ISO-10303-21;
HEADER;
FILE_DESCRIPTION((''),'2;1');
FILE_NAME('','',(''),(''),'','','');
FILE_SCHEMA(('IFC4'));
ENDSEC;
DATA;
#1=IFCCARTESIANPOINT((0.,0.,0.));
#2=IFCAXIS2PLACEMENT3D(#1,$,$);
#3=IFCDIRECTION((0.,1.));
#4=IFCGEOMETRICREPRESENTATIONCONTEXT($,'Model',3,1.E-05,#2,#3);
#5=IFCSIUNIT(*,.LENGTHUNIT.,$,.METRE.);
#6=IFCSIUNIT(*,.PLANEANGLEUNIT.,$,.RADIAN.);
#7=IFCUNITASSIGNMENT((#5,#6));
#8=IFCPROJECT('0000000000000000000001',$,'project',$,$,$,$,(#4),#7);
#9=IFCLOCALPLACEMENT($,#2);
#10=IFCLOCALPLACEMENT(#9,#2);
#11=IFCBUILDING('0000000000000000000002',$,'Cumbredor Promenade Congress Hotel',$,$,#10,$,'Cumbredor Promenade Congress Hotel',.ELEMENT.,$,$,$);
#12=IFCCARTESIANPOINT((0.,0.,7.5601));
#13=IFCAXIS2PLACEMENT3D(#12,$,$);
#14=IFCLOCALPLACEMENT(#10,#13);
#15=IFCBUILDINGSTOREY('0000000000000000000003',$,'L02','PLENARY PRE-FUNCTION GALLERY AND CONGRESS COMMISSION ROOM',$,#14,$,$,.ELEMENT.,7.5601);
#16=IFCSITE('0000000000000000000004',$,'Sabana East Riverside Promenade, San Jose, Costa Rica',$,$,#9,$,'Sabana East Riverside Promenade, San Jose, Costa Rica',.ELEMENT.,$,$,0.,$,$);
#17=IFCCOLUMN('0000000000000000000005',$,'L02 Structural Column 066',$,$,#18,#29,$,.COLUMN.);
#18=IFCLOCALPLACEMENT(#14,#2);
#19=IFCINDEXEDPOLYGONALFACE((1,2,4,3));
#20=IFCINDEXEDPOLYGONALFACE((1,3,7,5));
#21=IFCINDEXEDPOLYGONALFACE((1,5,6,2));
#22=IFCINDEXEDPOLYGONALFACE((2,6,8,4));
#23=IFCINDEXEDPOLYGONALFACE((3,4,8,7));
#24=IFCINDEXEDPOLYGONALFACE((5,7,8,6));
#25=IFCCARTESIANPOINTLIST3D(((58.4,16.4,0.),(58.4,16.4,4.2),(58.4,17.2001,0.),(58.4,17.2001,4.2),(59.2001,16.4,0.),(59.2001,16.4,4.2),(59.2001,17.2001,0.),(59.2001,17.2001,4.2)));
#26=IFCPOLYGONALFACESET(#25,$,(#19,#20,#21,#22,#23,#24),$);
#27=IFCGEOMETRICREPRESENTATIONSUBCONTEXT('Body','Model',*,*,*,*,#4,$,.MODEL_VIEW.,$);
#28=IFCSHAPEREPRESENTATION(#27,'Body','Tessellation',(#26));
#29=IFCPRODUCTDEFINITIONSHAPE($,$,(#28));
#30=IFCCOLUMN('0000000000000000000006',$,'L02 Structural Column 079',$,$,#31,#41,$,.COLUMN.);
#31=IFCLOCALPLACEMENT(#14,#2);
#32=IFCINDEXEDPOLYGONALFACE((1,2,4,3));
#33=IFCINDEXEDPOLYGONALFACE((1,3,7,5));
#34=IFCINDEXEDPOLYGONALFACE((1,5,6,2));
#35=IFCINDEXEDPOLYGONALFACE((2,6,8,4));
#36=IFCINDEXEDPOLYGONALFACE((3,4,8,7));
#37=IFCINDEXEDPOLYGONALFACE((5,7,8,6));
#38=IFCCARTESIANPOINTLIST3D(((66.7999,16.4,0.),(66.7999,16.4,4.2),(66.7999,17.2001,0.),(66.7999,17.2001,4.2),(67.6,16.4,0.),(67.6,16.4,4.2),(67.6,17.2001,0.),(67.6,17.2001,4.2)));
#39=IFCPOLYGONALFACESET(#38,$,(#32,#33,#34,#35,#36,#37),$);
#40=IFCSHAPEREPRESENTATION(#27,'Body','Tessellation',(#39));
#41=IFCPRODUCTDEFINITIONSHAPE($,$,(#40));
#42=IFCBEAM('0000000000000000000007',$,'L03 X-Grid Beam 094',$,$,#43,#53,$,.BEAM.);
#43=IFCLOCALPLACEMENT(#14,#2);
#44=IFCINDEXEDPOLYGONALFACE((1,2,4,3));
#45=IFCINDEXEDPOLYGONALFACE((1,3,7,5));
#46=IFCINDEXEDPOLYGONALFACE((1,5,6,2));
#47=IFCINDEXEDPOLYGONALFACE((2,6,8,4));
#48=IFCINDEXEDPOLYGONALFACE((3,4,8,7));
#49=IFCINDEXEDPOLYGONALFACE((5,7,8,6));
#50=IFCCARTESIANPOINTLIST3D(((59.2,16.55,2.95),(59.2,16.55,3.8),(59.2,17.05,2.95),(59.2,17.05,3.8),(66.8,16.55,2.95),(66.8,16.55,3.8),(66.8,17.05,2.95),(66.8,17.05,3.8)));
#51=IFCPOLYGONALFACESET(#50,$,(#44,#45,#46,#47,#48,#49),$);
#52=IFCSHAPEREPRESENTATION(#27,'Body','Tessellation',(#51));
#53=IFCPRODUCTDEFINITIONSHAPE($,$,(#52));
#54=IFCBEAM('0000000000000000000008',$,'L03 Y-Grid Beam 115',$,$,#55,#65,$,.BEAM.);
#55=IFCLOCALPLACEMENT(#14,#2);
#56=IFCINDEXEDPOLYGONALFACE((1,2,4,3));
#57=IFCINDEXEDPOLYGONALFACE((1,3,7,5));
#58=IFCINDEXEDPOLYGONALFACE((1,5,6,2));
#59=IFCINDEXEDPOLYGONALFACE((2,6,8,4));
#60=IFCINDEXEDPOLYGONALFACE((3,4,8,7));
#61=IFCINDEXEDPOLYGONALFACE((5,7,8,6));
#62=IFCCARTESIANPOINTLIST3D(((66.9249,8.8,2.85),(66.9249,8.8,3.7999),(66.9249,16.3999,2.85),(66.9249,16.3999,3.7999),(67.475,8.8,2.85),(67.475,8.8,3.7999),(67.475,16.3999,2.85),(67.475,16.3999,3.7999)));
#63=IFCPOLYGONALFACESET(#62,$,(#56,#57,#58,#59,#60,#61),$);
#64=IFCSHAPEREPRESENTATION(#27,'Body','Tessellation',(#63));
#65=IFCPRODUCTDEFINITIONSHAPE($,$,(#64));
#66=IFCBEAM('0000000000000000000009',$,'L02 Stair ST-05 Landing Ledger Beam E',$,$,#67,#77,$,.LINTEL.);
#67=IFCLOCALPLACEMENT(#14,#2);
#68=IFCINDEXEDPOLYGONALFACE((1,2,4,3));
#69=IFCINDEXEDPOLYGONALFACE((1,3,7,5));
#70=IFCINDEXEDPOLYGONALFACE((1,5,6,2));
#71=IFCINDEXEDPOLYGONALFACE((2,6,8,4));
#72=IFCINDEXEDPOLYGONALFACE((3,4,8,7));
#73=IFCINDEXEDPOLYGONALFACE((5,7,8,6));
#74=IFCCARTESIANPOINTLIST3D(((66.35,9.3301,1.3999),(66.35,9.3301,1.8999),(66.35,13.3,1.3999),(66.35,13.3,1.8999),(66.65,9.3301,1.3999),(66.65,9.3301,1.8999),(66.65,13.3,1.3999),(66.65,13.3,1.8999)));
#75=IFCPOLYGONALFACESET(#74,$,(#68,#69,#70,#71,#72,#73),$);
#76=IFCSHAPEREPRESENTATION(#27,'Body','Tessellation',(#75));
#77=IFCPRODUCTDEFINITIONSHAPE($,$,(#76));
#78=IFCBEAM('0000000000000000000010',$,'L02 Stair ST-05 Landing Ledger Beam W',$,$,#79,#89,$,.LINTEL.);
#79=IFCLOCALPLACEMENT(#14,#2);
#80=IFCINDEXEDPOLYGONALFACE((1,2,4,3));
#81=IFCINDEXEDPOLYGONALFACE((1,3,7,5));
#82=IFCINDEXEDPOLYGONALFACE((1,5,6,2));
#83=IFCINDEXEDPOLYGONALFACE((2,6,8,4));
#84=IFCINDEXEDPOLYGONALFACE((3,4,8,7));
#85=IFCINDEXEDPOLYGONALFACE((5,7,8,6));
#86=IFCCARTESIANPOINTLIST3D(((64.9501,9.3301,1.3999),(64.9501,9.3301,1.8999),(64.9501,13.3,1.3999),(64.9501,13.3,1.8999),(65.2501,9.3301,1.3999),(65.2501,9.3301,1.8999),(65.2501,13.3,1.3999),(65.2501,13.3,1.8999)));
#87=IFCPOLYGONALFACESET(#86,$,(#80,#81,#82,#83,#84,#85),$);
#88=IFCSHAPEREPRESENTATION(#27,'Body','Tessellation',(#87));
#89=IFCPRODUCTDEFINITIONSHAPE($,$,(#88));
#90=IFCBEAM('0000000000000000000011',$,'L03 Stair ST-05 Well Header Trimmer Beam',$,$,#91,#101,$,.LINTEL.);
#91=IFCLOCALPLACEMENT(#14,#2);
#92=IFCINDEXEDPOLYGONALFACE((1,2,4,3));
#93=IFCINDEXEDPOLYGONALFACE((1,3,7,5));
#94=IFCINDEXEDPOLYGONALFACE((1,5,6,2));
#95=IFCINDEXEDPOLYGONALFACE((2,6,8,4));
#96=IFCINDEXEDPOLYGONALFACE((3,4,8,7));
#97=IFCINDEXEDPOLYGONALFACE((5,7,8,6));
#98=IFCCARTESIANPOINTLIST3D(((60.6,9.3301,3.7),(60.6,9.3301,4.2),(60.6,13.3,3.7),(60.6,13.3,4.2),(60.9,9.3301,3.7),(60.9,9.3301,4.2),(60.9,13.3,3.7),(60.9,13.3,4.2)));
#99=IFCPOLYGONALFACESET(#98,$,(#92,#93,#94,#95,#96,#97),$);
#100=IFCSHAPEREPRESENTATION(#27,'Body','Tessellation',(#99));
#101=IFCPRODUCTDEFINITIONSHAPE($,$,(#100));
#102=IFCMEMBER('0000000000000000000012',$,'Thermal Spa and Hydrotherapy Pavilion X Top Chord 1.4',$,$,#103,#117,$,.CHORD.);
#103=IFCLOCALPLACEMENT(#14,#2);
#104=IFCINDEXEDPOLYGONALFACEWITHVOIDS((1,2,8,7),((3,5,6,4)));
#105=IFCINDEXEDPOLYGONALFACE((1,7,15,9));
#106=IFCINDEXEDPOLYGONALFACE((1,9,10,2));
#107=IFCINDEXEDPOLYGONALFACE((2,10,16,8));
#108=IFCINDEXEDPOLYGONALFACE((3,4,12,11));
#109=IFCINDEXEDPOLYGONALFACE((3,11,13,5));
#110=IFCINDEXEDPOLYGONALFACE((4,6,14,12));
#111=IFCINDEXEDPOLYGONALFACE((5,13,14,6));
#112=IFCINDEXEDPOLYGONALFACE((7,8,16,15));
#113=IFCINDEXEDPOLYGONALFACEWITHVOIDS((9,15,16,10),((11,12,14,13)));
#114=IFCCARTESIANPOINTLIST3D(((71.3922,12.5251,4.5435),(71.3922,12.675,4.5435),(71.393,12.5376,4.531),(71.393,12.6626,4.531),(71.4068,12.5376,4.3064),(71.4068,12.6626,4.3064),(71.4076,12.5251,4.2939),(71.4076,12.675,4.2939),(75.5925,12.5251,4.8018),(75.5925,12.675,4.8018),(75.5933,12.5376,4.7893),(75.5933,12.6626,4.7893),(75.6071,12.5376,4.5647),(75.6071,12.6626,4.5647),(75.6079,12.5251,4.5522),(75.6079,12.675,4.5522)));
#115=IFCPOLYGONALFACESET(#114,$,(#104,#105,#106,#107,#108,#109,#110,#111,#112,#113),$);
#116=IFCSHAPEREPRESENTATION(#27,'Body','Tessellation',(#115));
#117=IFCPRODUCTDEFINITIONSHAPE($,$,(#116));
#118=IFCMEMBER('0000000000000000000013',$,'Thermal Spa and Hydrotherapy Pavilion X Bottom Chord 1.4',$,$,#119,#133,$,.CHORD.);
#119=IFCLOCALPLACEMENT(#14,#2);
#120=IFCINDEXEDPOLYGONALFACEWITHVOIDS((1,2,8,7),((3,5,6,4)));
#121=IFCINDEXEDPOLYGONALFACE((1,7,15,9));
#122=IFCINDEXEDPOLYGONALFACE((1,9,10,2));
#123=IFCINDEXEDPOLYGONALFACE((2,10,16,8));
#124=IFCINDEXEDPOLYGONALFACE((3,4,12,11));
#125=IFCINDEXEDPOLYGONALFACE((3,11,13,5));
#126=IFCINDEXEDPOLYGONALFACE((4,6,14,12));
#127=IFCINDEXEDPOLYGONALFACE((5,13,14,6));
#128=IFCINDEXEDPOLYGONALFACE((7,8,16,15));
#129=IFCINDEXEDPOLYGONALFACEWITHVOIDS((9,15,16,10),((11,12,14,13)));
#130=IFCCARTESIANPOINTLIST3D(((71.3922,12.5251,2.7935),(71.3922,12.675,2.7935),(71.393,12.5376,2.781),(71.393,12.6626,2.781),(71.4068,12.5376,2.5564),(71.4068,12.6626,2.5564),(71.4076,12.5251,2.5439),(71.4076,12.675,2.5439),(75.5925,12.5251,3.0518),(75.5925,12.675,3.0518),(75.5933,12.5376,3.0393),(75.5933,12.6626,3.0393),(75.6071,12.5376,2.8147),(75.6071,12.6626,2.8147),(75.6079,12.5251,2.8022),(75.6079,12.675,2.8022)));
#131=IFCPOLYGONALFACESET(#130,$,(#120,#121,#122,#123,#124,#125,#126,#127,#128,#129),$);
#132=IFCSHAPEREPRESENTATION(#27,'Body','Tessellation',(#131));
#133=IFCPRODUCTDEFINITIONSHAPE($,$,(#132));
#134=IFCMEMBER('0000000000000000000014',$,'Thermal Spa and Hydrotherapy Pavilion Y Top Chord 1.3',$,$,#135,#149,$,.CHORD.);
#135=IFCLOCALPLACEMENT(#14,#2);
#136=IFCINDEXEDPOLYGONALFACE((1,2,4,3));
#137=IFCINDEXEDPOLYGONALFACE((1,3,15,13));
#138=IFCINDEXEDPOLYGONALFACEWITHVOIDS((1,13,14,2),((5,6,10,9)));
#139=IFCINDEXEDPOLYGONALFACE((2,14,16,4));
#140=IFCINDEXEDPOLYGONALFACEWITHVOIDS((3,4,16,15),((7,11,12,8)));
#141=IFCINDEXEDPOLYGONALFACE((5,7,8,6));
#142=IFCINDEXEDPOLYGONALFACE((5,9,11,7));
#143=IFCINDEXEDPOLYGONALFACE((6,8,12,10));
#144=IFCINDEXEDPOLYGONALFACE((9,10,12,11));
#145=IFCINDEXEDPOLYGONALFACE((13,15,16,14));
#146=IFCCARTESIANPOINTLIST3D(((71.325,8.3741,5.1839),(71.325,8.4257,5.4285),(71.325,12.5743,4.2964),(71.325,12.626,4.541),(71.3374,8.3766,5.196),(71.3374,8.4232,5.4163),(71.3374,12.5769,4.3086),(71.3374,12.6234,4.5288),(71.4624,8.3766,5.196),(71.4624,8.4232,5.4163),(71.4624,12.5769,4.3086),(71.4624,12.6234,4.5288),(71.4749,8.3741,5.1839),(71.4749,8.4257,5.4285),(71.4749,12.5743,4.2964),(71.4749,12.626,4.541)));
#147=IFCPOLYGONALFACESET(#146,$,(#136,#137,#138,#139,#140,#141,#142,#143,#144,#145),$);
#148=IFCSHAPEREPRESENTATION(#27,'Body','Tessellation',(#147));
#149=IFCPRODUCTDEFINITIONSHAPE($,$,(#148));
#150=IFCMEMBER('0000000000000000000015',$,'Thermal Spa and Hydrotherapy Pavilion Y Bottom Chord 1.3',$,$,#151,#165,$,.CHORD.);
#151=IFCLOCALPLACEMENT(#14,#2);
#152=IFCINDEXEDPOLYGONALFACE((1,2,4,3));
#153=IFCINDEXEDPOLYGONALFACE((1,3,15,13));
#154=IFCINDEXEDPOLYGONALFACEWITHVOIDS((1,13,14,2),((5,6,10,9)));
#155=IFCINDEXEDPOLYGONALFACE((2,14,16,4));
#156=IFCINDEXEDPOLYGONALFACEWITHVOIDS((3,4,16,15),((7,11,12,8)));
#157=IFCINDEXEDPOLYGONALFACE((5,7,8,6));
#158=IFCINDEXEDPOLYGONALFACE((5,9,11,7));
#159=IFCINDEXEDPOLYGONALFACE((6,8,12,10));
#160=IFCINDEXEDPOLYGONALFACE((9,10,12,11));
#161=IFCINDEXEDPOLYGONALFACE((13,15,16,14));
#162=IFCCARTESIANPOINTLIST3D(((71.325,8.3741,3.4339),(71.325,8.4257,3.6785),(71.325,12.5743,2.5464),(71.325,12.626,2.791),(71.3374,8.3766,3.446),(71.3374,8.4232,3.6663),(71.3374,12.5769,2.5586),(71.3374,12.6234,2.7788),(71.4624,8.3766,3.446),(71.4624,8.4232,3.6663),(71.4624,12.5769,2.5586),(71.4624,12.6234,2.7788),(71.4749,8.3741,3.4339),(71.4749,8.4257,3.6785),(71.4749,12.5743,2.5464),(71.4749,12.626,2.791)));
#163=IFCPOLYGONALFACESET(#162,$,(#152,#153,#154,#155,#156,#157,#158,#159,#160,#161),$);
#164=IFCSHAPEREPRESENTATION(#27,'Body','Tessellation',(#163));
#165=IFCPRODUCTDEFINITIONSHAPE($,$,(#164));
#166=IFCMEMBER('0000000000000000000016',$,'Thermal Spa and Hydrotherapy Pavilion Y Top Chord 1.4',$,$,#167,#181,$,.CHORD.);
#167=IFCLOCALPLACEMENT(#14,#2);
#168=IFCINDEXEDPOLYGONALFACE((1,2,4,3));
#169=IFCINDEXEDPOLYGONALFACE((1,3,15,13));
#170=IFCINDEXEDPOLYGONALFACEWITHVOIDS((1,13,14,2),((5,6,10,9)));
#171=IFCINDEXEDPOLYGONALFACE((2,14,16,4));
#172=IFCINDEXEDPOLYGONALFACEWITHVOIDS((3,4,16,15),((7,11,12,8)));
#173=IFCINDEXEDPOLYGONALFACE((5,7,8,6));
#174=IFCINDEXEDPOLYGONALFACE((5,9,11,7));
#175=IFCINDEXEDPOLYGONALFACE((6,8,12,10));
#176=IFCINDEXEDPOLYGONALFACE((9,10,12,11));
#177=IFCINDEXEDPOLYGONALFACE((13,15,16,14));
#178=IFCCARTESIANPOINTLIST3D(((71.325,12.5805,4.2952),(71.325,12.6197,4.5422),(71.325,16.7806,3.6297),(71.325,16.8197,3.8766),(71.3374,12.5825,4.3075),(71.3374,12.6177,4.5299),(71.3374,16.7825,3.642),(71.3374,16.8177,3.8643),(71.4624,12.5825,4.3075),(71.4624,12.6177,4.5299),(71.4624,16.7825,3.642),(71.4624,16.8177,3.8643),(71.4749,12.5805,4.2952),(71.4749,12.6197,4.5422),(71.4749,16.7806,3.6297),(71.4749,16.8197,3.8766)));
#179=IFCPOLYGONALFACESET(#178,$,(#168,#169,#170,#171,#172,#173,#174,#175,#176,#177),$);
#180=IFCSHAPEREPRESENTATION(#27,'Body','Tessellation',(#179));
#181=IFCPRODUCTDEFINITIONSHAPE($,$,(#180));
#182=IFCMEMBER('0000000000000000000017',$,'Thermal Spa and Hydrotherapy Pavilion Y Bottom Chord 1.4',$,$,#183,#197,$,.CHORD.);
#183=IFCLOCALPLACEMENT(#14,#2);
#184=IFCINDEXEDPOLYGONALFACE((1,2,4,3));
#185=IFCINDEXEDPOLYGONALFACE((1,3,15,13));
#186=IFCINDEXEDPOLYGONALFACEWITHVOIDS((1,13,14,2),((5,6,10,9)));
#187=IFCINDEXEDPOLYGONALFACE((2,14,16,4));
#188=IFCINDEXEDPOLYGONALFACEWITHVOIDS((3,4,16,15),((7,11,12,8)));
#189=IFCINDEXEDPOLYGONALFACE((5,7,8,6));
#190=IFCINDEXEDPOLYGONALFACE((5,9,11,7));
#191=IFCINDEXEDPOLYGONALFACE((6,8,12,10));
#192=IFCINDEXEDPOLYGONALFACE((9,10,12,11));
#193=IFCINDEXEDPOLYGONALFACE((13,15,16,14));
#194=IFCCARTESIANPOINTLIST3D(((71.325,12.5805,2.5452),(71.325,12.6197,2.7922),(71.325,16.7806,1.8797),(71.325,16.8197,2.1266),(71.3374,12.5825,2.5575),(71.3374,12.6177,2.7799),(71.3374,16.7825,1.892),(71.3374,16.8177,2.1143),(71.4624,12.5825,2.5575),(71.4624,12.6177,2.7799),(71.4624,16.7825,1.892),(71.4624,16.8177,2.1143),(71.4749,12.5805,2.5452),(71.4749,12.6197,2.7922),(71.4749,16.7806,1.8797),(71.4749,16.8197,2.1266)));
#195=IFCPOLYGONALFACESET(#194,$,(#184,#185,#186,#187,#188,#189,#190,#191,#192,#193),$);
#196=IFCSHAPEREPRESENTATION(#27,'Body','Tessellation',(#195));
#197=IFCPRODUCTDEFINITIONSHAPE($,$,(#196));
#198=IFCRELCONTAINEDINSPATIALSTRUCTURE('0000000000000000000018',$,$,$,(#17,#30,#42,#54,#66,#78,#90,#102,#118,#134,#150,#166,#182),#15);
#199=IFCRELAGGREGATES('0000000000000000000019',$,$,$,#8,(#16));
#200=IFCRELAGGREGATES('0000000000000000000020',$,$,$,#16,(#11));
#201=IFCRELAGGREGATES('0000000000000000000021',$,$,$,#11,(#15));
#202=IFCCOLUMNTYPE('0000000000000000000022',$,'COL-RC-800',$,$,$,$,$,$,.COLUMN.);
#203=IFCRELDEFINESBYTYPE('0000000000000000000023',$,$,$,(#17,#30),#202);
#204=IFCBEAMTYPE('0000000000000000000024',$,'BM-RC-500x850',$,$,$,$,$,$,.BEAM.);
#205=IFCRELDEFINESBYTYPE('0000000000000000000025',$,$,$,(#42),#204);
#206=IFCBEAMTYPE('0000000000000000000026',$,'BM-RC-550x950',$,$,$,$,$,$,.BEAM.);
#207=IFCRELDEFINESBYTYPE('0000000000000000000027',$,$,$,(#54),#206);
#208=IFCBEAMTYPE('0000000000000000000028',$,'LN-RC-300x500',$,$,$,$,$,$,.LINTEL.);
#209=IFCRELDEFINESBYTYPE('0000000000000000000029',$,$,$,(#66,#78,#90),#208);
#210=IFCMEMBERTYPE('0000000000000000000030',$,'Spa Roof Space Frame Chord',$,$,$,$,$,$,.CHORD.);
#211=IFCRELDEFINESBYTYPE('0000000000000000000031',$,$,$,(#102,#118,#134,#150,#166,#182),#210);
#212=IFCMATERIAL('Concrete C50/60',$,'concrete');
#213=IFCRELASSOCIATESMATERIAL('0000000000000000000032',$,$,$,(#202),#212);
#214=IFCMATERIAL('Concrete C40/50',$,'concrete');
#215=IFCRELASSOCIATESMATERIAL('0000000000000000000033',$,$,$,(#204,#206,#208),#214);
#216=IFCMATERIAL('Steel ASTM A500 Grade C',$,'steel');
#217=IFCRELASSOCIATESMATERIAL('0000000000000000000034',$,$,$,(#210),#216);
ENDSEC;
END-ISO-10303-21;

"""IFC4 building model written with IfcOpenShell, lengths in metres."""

from ifc_helpers import new_model, si_unit, direction, frame, origin, origin_2d, place, context, subcontext, project, spatial, rectangle, hollow_rectangle, extrude, material, material_profile, profile_set, type_object, element, save


model = new_model("IFC4")

# Units and contexts
model_context = context("Model", 3, precision=1e-05, world=origin(), true_north=direction((0.0, 1.0)))
body_context = subcontext(model_context, "Body", "Model", "MODEL_VIEW")
ifc_project = project(units=[si_unit("LENGTHUNIT", "METRE"), si_unit("PLANEANGLEUNIT", "RADIAN")], contexts=[model_context])

# Site, building, storey
site_placement = place(None, origin())
site = spatial("IfcSite", under=ifc_project, at=site_placement, Name="Sabana East Riverside Promenade, San Jose, Costa Rica", LongName="Sabana East Riverside Promenade, San Jose, Costa Rica", CompositionType="ELEMENT", RefElevation=0.0)
building_placement = place(site_placement, origin())
building = spatial("IfcBuilding", under=site, at=building_placement, Name="Cumbredor Promenade Congress Hotel", LongName="Cumbredor Promenade Congress Hotel", CompositionType="ELEMENT")
storey_placement = place(building_placement, frame((0.0, 0.0, 7.5601)))
storey = spatial("IfcBuildingStorey", under=building, at=storey_placement, Name="L02", Description="PLENARY PRE-FUNCTION GALLERY AND CONGRESS COMMISSION ROOM", CompositionType="ELEMENT", Elevation=7.5601)

# Columns
ifc_material_1 = material(Name="Concrete C50/60", Category="concrete")
ifc_material_profile_1 = material_profile(ifc_material_1, rectangle(XDim=0.8, YDim=0.8, at=origin_2d()), Name="RC 800x800")
ifc_profile_set_1 = profile_set([ifc_material_profile_1], Name="Concrete C50/60")
column_type = type_object("IfcColumnType", Name="COL-RC-800", PredefinedType="COLUMN", material=ifc_profile_set_1)
for number, where, z_axis, x_axis, name in (
    (1, (58.8, 16.8, 0.0), (0.0, 0.0, 1.0), (1.0, 0.0, 0.0), "L02 Structural Column 066"),
    (2, (67.2, 16.8, 0.0), (0.0, 0.0, 1.0), (1.0, 0.0, 0.0), "L02 Structural Column 079"),
):
    element("IfcColumn", number, at=place(storey_placement, frame(where, z_axis=z_axis, x_axis=x_axis)), inside=storey, type_object=column_type, Name=name, PredefinedType="COLUMN", context=body_context, shape_type="SweptSolid", body=[
        extrude(rectangle(XDim=0.8, YDim=0.8, at=origin_2d()), origin(), (0.0, 0.0, 1.0), 4.2),
    ])

# Beams
ifc_material_2 = material(Name="Concrete C40/50", Category="concrete")
ifc_material_profile_2 = material_profile(ifc_material_2, rectangle(XDim=0.5, YDim=0.8501, at=origin_2d()), Name="RC BEAM 500x850")
ifc_profile_set_2 = profile_set([ifc_material_profile_2], Name="Concrete C40/50")
beam_type_1 = type_object("IfcBeamType", Name="BM-RC-500x850", PredefinedType="BEAM", material=ifc_profile_set_2)
beam_1_placement = place(storey_placement, frame((59.2, 16.8, 3.375), z_axis=(1.0, 0.0, 0.0), x_axis=(0.0, 1.0, 0.0)))
element("IfcBeam", 3, at=beam_1_placement, inside=storey, type_object=beam_type_1, Name="L03 X-Grid Beam 094", PredefinedType="BEAM", context=body_context, shape_type="SweptSolid", body=[
    extrude(rectangle(XDim=0.5, YDim=0.8501, at=origin_2d()), origin(), (0.0, 0.0, 1.0), 7.6001),
])
ifc_material_profile_3 = material_profile(ifc_material_2, rectangle(XDim=0.55, YDim=0.95, at=origin_2d()), Name="RC BEAM 550x950")
ifc_profile_set_3 = profile_set([ifc_material_profile_3], Name="Concrete C40/50")
beam_type_2 = type_object("IfcBeamType", Name="BM-RC-550x950", PredefinedType="BEAM", material=ifc_profile_set_3)
beam_2_placement = place(storey_placement, frame((67.2, 8.8, 3.325), z_axis=(0.0, 1.0, 0.0), x_axis=(-1.0, 0.0, 0.0)))
element("IfcBeam", 4, at=beam_2_placement, inside=storey, type_object=beam_type_2, Name="L03 Y-Grid Beam 115", PredefinedType="BEAM", context=body_context, shape_type="SweptSolid", body=[
    extrude(rectangle(XDim=0.55, YDim=0.95, at=origin_2d()), origin(), (0.0, 0.0, 1.0), 7.5999),
])
ifc_material_profile_4 = material_profile(ifc_material_2, rectangle(XDim=0.3, YDim=0.5, at=origin_2d()), Name="RC LINTEL 300x500")
ifc_profile_set_4 = profile_set([ifc_material_profile_4], Name="Concrete C40/50")
beam_type_3 = type_object("IfcBeamType", Name="LN-RC-300x500", PredefinedType="LINTEL", material=ifc_profile_set_4)
for number, where, z_axis, x_axis, name in (
    (5, (66.5, 9.3301, 1.6499), (0.0, 1.0, 0.0), (-1.0, 0.0, 0.0), "L02 Stair ST-05 Landing Ledger Beam E"),
    (6, (65.1001, 9.3301, 1.6499), (0.0, 1.0, 0.0), (-1.0, 0.0, 0.0), "L02 Stair ST-05 Landing Ledger Beam W"),
    (7, (60.75, 9.3301, 3.95), (0.0, 1.0, 0.0), (-1.0, 0.0, 0.0), "L03 Stair ST-05 Well Header Trimmer Beam"),
):
    element("IfcBeam", number, at=place(storey_placement, frame(where, z_axis=z_axis, x_axis=x_axis)), inside=storey, type_object=beam_type_3, Name=name, PredefinedType="LINTEL", context=body_context, shape_type="SweptSolid", body=[
        extrude(rectangle(XDim=0.3, YDim=0.5, at=origin_2d()), origin(), (0.0, 0.0, 1.0), 3.97),
    ])

# Members
ifc_material_3 = material(Name="Steel ASTM A500 Grade C", Category="steel")
ifc_material_profile_5 = material_profile(ifc_material_3, hollow_rectangle(XDim=0.1499, YDim=0.25, WallThickness=0.0125, at=origin_2d()), Name="HSS 250x150x12.5")
ifc_profile_set_5 = profile_set([ifc_material_profile_5], Name="Steel ASTM A500 Grade C")
member_type_1 = type_object("IfcMemberType", Name="Spa Roof Space Frame Chord", PredefinedType="CHORD", material=ifc_profile_set_5)
for number, where, z_axis, x_axis, name in (
    (8, (71.3999, 12.6001, 4.4187), (0.998114, 0.0, 0.061381), (0.0, 1.0, 0.0), "Thermal Spa and Hydrotherapy Pavilion X Top Chord 1.4"),
    (9, (71.3999, 12.6001, 2.6687), (0.998114, 0.0, 0.061381), (0.0, 1.0, 0.0), "Thermal Spa and Hydrotherapy Pavilion X Bottom Chord 1.4"),
):
    element("IfcMember", number, at=place(storey_placement, frame(where, z_axis=z_axis, x_axis=x_axis)), inside=storey, type_object=member_type_1, Name=name, PredefinedType="CHORD", context=body_context, shape_type="SweptSolid", body=[
        extrude(hollow_rectangle(XDim=0.1499, YDim=0.25, WallThickness=0.0125, at=origin_2d()), origin(), (0.0, 0.0, 1.0), 4.2083),
    ])
for number, where, z_axis, x_axis, name in (
    (10, (71.3999, 8.3999, 5.3062), (0.0, 0.978399, -0.206724), (-1.0, 0.0, 0.0), "Thermal Spa and Hydrotherapy Pavilion Y Top Chord 1.3"),
    (11, (71.3999, 8.3999, 3.5562), (0.0, 0.978399, -0.206724), (-1.0, 0.0, 0.0), "Thermal Spa and Hydrotherapy Pavilion Y Bottom Chord 1.3"),
):
    element("IfcMember", number, at=place(storey_placement, frame(where, z_axis=z_axis, x_axis=x_axis)), inside=storey, type_object=member_type_1, Name=name, PredefinedType="CHORD", context=body_context, shape_type="SweptSolid", body=[
        extrude(hollow_rectangle(XDim=0.1499, YDim=0.25, WallThickness=0.0125, at=origin_2d()), origin(), (0.0, 0.0, 1.0), 4.293),
    ])
for number, where, z_axis, x_axis, name in (
    (12, (71.3999, 12.6001, 4.4187), (0.0, 0.987677, -0.156508), (-1.0, 0.0, 0.0), "Thermal Spa and Hydrotherapy Pavilion Y Top Chord 1.4"),
    (13, (71.3999, 12.6001, 2.6687), (0.0, 0.987677, -0.156508), (-1.0, 0.0, 0.0), "Thermal Spa and Hydrotherapy Pavilion Y Bottom Chord 1.4"),
):
    element("IfcMember", number, at=place(storey_placement, frame(where, z_axis=z_axis, x_axis=x_axis)), inside=storey, type_object=member_type_1, Name=name, PredefinedType="CHORD", context=body_context, shape_type="SweptSolid", body=[
        extrude(hollow_rectangle(XDim=0.1499, YDim=0.25, WallThickness=0.0125, at=origin_2d()), origin(), (0.0, 0.0, 1.0), 4.2524),
    ])

save(model, "model.ifc")
